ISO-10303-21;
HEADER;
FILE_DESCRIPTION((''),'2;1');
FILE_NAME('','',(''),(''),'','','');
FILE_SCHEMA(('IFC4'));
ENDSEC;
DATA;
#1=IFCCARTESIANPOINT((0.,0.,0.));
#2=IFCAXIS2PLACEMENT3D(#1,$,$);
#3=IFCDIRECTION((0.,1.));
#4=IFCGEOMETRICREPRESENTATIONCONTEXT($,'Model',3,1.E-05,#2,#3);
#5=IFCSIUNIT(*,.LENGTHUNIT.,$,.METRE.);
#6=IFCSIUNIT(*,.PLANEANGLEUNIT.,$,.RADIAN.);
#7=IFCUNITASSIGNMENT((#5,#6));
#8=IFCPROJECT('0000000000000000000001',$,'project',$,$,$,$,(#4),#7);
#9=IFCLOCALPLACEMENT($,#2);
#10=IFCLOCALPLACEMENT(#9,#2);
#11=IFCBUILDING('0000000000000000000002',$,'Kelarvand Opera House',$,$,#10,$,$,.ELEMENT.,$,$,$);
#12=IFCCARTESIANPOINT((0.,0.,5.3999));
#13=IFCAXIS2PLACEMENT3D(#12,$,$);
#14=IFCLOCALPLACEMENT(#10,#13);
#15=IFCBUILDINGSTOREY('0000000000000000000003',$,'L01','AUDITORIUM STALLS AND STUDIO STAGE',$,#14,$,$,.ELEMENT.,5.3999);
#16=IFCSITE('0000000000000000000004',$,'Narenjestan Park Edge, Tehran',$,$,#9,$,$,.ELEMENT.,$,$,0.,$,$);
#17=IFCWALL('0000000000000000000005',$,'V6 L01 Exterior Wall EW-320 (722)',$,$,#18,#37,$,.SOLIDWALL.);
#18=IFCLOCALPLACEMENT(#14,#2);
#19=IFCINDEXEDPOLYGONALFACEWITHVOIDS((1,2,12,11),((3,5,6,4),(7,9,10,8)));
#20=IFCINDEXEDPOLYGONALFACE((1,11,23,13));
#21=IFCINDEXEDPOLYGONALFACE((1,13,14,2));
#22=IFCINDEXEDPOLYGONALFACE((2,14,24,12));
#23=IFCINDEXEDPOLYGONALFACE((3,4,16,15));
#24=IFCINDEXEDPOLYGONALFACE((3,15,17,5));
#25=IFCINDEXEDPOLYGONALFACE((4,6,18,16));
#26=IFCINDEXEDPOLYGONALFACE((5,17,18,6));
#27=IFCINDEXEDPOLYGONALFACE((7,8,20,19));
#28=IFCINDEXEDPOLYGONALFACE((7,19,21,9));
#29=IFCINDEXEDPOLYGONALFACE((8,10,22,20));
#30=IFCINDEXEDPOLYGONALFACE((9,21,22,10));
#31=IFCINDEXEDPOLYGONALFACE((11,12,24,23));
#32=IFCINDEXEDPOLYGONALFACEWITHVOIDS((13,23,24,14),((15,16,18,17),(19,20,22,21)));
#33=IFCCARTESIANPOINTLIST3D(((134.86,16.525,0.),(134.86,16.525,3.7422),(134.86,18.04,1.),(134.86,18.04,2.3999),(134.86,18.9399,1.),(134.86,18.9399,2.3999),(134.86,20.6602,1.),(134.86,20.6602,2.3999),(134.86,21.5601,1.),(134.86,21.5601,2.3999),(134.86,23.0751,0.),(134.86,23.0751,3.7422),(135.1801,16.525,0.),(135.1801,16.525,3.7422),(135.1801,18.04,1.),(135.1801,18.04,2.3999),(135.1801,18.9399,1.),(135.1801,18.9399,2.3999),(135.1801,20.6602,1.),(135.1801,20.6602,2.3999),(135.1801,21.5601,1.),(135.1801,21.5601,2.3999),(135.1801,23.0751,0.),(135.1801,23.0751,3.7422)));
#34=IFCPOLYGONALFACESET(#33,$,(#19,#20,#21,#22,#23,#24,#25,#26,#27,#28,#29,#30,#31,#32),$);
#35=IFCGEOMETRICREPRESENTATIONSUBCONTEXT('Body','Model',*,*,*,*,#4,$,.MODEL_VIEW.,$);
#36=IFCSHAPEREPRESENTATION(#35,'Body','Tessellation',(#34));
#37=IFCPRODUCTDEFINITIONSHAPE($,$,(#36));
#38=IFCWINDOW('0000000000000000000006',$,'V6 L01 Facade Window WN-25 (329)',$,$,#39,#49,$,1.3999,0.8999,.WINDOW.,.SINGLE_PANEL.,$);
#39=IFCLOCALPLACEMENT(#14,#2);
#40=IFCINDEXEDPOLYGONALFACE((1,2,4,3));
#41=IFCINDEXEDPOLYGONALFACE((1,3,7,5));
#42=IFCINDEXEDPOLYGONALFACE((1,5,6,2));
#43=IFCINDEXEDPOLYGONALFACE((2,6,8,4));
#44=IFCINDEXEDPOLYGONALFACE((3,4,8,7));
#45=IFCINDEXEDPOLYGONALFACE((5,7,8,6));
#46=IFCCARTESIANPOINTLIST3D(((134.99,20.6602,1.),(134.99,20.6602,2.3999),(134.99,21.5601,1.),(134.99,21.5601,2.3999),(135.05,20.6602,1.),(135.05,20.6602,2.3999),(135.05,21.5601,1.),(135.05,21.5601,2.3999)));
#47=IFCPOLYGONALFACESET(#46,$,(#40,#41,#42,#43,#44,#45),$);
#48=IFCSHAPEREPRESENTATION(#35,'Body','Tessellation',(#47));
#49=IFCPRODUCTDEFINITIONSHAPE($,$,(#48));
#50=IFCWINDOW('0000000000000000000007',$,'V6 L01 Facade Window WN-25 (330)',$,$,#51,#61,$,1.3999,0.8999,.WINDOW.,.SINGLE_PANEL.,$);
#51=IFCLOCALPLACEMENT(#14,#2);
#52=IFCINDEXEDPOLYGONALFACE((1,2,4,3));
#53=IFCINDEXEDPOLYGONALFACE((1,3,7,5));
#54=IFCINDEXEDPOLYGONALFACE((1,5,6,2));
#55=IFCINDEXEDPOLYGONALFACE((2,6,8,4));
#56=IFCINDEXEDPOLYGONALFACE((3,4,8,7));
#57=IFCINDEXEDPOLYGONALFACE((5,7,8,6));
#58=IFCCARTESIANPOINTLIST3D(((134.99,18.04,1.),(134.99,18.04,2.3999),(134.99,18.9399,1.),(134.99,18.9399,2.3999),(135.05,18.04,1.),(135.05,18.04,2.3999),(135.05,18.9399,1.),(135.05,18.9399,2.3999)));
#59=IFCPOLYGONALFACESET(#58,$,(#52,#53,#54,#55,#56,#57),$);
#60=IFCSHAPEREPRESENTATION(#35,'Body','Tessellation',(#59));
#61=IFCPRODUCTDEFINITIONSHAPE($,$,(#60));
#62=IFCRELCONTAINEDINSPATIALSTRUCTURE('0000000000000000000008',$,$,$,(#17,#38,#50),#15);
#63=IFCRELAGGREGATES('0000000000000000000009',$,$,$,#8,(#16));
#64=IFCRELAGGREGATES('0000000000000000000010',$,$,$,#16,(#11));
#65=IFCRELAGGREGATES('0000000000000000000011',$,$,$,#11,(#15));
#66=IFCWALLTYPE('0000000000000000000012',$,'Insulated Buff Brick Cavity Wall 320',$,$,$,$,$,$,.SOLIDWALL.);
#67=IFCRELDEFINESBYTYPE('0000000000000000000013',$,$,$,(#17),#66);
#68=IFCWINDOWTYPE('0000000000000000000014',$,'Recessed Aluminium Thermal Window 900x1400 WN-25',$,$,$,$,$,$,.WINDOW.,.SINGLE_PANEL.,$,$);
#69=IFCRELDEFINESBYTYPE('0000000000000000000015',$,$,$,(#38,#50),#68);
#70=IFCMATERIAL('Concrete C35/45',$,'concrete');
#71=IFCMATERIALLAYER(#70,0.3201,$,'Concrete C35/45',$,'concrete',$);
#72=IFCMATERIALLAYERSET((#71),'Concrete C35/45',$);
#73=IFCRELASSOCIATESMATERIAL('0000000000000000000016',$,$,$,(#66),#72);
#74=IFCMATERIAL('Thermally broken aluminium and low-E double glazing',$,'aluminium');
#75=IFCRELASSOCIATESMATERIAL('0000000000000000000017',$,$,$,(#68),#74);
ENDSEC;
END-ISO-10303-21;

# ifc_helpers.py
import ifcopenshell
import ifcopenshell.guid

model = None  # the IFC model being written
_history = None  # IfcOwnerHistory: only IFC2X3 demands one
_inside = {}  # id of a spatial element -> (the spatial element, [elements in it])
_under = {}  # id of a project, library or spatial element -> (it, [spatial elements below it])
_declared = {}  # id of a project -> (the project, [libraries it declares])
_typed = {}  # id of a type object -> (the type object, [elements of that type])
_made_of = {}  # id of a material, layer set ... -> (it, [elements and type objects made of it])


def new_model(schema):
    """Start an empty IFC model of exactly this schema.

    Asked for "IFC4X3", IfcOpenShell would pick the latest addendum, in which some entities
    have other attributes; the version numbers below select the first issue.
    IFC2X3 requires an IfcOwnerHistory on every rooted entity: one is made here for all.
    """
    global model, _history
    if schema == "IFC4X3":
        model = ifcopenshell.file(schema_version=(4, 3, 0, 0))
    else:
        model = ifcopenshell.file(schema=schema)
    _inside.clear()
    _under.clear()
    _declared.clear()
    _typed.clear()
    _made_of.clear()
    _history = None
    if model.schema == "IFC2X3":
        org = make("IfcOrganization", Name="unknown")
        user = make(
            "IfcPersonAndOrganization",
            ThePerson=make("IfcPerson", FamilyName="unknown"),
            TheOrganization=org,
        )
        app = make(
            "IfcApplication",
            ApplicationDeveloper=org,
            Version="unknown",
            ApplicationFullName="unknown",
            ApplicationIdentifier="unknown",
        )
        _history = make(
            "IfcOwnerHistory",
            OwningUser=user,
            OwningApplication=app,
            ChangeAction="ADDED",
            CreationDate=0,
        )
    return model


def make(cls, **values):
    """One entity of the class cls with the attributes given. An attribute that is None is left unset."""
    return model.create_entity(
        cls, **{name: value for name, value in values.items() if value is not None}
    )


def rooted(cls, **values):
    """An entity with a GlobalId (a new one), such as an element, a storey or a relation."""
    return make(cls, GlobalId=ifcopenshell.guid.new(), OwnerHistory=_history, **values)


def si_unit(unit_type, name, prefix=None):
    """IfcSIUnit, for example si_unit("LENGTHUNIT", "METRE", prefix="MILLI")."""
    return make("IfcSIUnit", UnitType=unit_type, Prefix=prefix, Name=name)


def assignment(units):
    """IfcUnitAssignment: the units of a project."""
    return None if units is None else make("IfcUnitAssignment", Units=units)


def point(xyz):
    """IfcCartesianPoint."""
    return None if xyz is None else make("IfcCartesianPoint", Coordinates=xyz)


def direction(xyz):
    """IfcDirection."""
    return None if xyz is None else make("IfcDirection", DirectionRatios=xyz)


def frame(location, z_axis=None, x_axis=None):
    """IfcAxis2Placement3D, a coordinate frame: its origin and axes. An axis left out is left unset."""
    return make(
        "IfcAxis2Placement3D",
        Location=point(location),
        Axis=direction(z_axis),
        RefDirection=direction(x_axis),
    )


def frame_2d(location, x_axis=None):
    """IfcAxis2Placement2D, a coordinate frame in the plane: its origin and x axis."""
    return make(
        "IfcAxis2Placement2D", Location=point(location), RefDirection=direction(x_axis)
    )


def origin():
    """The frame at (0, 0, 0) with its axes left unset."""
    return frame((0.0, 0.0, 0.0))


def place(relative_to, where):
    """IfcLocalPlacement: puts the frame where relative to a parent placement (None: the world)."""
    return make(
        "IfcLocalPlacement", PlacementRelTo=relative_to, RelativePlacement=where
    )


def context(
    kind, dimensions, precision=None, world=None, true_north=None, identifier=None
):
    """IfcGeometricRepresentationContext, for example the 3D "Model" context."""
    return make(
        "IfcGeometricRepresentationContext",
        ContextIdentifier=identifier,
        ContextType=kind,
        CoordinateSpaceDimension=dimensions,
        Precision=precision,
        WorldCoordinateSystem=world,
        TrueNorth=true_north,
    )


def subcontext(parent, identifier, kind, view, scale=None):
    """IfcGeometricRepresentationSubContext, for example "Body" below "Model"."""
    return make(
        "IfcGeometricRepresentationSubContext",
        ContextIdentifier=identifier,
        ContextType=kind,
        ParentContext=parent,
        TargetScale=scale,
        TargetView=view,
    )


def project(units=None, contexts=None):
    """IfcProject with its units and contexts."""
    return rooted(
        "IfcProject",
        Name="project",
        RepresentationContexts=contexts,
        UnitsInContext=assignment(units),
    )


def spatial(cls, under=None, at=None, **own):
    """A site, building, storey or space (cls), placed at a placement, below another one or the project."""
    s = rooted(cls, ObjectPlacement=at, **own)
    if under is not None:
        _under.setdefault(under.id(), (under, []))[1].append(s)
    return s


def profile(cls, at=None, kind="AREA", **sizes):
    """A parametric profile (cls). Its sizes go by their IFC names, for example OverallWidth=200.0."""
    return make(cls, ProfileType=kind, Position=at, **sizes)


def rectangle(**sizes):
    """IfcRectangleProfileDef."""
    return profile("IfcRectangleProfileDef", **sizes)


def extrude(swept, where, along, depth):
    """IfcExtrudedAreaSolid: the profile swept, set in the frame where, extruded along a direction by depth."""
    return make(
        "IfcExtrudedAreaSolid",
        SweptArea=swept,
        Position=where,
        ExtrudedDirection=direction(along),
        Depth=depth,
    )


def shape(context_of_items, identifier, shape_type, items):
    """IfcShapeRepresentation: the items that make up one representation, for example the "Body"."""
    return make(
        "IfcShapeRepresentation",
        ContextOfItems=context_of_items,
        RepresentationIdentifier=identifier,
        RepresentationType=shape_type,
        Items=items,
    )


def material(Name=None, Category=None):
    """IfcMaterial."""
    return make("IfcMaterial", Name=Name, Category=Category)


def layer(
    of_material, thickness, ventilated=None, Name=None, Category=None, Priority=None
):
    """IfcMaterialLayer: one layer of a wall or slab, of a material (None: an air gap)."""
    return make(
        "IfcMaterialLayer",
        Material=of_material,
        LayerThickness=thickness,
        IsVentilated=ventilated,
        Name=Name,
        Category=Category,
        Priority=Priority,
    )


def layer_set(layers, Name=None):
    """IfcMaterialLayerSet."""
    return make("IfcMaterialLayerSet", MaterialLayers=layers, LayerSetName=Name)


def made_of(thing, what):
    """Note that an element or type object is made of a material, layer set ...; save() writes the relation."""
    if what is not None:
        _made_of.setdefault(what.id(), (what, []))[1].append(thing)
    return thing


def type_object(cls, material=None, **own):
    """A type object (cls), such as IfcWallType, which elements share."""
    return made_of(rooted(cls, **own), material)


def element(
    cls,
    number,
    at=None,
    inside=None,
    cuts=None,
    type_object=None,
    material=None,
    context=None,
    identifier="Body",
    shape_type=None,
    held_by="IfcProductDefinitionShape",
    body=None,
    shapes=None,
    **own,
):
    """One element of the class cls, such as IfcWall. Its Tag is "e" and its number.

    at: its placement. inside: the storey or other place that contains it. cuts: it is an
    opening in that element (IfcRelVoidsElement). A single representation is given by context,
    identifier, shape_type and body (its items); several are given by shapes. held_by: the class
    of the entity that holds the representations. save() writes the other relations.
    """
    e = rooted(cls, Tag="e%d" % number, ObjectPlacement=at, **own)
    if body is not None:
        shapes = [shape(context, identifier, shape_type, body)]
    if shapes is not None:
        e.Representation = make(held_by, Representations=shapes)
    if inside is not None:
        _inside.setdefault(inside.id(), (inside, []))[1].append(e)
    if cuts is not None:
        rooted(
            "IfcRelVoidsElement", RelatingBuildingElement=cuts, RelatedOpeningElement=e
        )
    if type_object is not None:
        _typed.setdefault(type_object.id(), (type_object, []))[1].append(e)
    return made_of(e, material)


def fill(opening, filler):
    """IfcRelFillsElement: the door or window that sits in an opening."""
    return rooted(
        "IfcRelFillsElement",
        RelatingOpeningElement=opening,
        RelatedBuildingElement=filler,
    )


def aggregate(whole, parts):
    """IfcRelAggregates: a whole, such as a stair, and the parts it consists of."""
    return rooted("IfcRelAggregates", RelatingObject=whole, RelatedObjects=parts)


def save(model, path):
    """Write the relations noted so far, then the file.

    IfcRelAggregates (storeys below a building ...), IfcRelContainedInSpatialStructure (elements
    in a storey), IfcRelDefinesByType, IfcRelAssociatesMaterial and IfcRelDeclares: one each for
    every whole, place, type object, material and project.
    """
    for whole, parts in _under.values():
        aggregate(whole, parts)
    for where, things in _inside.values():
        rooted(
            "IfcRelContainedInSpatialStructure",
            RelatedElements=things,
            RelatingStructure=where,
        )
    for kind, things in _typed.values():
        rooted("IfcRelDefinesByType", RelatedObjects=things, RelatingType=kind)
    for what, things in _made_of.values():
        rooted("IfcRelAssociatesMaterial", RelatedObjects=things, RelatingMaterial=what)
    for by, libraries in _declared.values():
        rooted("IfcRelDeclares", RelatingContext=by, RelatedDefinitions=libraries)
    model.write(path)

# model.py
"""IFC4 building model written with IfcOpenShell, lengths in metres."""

from ifc_helpers import new_model, si_unit, direction, frame, frame_2d, origin, place, context, subcontext, project, spatial, rectangle, extrude, material, layer, layer_set, type_object, element, fill, save


model = new_model("IFC4")

# Units and contexts
model_context = context("Model", 3, precision=1e-05, world=origin(), true_north=direction((0.0, 1.0)))
body_context = subcontext(model_context, "Body", "Model", "MODEL_VIEW")
ifc_project = project(units=[si_unit("LENGTHUNIT", "METRE"), si_unit("PLANEANGLEUNIT", "RADIAN")], contexts=[model_context])

# Site, building, storey
site_placement = place(None, origin())
site = spatial("IfcSite", under=ifc_project, at=site_placement, Name="Narenjestan Park Edge, Tehran", CompositionType="ELEMENT", RefElevation=0.0)
building_placement = place(site_placement, origin())
building = spatial("IfcBuilding", under=site, at=building_placement, Name="Kelarvand Opera House", CompositionType="ELEMENT")
storey_placement = place(building_placement, frame((0.0, 0.0, 5.3999)))
storey = spatial("IfcBuildingStorey", under=building, at=storey_placement, Name="L01", Description="AUDITORIUM STALLS AND STUDIO STAGE", CompositionType="ELEMENT", Elevation=5.3999)

# Wall, openings, windows
ifc_material_1 = material(Name="Concrete C35/45", Category="concrete")
ifc_layer_1 = layer(ifc_material_1, 0.3201, Name="Concrete C35/45", Category="concrete")
ifc_layer_set_1 = layer_set([ifc_layer_1], Name="Concrete C35/45")
wall_type = type_object("IfcWallType", Name="Insulated Buff Brick Cavity Wall 320", PredefinedType="SOLIDWALL", material=ifc_layer_set_1)
wall_placement = place(storey_placement, frame((135.02, 23.075, 0.0), z_axis=(0.0, 0.0, 1.0), x_axis=(0.0, -1.0, 0.0)))
wall = element("IfcWall", 1, at=wall_placement, inside=storey, type_object=wall_type, Name="V6 L01 Exterior Wall EW-320 (722)", PredefinedType="SOLIDWALL", context=body_context, shape_type="SweptSolid", body=[
    extrude(rectangle(XDim=6.55, YDim=0.3201, at=frame_2d((3.2749, 0.0))), origin(), (0.0, 0.0, 1.0), 3.7422),
])
opening_1_placement = place(wall_placement, frame((1.5149, 0.0, 1.0)))
opening_1 = element("IfcOpeningElement", 2, at=opening_1_placement, cuts=wall, PredefinedType="OPENING", context=body_context, shape_type="SweptSolid", body=[
    extrude(rectangle(XDim=0.8999, YDim=1.3999, at=frame_2d((0.45, 0.7))), frame((0.0, 0.1699, 0.0), z_axis=(0.0, -1.0, 0.0), x_axis=(1.0, 0.0, 0.0)), (0.0, 0.0, 1.0), 0.3401),
])
opening_2_placement = place(wall_placement, frame((4.135, 0.0, 1.0)))
opening_2 = element("IfcOpeningElement", 3, at=opening_2_placement, cuts=wall, PredefinedType="OPENING", context=body_context, shape_type="SweptSolid", body=[
    extrude(rectangle(XDim=0.8999, YDim=1.3999, at=frame_2d((0.45, 0.7))), frame((0.0, 0.1699, 0.0), z_axis=(0.0, -1.0, 0.0), x_axis=(1.0, 0.0, 0.0)), (0.0, 0.0, 1.0), 0.3401),
])
ifc_material_2 = material(Name="Thermally broken aluminium and low-E double glazing", Category="aluminium")
window_type = type_object("IfcWindowType", Name="Recessed Aluminium Thermal Window 900x1400 WN-25", PartitioningType="SINGLE_PANEL", PredefinedType="WINDOW", material=ifc_material_2)
window_1_placement = place(opening_1_placement, origin())
window_1 = element("IfcWindow", 4, at=window_1_placement, inside=storey, type_object=window_type, Name="V6 L01 Facade Window WN-25 (329)", OverallHeight=1.3999, OverallWidth=0.8999, PartitioningType="SINGLE_PANEL", PredefinedType="WINDOW", context=body_context, shape_type="SweptSolid", body=[
    extrude(rectangle(XDim=0.8999, YDim=1.3999, at=frame_2d((0.45, 0.7))), frame((0.0, 0.03, 0.0), z_axis=(0.0, -1.0, 0.0), x_axis=(1.0, 0.0, 0.0)), (0.0, 0.0, 1.0), 0.0601),
])
fill(opening_1, window_1)
window_2_placement = place(opening_2_placement, origin())
window_2 = element("IfcWindow", 5, at=window_2_placement, inside=storey, type_object=window_type, Name="V6 L01 Facade Window WN-25 (330)", OverallHeight=1.3999, OverallWidth=0.8999, PartitioningType="SINGLE_PANEL", PredefinedType="WINDOW", context=body_context, shape_type="SweptSolid", body=[
    extrude(rectangle(XDim=0.8999, YDim=1.3999, at=frame_2d((0.45, 0.7))), frame((0.0, 0.03, 0.0), z_axis=(0.0, -1.0, 0.0), x_axis=(1.0, 0.0, 0.0)), (0.0, 0.0, 1.0), 0.0601),
])
fill(opening_2, window_2)

save(model, "model.ifc")
